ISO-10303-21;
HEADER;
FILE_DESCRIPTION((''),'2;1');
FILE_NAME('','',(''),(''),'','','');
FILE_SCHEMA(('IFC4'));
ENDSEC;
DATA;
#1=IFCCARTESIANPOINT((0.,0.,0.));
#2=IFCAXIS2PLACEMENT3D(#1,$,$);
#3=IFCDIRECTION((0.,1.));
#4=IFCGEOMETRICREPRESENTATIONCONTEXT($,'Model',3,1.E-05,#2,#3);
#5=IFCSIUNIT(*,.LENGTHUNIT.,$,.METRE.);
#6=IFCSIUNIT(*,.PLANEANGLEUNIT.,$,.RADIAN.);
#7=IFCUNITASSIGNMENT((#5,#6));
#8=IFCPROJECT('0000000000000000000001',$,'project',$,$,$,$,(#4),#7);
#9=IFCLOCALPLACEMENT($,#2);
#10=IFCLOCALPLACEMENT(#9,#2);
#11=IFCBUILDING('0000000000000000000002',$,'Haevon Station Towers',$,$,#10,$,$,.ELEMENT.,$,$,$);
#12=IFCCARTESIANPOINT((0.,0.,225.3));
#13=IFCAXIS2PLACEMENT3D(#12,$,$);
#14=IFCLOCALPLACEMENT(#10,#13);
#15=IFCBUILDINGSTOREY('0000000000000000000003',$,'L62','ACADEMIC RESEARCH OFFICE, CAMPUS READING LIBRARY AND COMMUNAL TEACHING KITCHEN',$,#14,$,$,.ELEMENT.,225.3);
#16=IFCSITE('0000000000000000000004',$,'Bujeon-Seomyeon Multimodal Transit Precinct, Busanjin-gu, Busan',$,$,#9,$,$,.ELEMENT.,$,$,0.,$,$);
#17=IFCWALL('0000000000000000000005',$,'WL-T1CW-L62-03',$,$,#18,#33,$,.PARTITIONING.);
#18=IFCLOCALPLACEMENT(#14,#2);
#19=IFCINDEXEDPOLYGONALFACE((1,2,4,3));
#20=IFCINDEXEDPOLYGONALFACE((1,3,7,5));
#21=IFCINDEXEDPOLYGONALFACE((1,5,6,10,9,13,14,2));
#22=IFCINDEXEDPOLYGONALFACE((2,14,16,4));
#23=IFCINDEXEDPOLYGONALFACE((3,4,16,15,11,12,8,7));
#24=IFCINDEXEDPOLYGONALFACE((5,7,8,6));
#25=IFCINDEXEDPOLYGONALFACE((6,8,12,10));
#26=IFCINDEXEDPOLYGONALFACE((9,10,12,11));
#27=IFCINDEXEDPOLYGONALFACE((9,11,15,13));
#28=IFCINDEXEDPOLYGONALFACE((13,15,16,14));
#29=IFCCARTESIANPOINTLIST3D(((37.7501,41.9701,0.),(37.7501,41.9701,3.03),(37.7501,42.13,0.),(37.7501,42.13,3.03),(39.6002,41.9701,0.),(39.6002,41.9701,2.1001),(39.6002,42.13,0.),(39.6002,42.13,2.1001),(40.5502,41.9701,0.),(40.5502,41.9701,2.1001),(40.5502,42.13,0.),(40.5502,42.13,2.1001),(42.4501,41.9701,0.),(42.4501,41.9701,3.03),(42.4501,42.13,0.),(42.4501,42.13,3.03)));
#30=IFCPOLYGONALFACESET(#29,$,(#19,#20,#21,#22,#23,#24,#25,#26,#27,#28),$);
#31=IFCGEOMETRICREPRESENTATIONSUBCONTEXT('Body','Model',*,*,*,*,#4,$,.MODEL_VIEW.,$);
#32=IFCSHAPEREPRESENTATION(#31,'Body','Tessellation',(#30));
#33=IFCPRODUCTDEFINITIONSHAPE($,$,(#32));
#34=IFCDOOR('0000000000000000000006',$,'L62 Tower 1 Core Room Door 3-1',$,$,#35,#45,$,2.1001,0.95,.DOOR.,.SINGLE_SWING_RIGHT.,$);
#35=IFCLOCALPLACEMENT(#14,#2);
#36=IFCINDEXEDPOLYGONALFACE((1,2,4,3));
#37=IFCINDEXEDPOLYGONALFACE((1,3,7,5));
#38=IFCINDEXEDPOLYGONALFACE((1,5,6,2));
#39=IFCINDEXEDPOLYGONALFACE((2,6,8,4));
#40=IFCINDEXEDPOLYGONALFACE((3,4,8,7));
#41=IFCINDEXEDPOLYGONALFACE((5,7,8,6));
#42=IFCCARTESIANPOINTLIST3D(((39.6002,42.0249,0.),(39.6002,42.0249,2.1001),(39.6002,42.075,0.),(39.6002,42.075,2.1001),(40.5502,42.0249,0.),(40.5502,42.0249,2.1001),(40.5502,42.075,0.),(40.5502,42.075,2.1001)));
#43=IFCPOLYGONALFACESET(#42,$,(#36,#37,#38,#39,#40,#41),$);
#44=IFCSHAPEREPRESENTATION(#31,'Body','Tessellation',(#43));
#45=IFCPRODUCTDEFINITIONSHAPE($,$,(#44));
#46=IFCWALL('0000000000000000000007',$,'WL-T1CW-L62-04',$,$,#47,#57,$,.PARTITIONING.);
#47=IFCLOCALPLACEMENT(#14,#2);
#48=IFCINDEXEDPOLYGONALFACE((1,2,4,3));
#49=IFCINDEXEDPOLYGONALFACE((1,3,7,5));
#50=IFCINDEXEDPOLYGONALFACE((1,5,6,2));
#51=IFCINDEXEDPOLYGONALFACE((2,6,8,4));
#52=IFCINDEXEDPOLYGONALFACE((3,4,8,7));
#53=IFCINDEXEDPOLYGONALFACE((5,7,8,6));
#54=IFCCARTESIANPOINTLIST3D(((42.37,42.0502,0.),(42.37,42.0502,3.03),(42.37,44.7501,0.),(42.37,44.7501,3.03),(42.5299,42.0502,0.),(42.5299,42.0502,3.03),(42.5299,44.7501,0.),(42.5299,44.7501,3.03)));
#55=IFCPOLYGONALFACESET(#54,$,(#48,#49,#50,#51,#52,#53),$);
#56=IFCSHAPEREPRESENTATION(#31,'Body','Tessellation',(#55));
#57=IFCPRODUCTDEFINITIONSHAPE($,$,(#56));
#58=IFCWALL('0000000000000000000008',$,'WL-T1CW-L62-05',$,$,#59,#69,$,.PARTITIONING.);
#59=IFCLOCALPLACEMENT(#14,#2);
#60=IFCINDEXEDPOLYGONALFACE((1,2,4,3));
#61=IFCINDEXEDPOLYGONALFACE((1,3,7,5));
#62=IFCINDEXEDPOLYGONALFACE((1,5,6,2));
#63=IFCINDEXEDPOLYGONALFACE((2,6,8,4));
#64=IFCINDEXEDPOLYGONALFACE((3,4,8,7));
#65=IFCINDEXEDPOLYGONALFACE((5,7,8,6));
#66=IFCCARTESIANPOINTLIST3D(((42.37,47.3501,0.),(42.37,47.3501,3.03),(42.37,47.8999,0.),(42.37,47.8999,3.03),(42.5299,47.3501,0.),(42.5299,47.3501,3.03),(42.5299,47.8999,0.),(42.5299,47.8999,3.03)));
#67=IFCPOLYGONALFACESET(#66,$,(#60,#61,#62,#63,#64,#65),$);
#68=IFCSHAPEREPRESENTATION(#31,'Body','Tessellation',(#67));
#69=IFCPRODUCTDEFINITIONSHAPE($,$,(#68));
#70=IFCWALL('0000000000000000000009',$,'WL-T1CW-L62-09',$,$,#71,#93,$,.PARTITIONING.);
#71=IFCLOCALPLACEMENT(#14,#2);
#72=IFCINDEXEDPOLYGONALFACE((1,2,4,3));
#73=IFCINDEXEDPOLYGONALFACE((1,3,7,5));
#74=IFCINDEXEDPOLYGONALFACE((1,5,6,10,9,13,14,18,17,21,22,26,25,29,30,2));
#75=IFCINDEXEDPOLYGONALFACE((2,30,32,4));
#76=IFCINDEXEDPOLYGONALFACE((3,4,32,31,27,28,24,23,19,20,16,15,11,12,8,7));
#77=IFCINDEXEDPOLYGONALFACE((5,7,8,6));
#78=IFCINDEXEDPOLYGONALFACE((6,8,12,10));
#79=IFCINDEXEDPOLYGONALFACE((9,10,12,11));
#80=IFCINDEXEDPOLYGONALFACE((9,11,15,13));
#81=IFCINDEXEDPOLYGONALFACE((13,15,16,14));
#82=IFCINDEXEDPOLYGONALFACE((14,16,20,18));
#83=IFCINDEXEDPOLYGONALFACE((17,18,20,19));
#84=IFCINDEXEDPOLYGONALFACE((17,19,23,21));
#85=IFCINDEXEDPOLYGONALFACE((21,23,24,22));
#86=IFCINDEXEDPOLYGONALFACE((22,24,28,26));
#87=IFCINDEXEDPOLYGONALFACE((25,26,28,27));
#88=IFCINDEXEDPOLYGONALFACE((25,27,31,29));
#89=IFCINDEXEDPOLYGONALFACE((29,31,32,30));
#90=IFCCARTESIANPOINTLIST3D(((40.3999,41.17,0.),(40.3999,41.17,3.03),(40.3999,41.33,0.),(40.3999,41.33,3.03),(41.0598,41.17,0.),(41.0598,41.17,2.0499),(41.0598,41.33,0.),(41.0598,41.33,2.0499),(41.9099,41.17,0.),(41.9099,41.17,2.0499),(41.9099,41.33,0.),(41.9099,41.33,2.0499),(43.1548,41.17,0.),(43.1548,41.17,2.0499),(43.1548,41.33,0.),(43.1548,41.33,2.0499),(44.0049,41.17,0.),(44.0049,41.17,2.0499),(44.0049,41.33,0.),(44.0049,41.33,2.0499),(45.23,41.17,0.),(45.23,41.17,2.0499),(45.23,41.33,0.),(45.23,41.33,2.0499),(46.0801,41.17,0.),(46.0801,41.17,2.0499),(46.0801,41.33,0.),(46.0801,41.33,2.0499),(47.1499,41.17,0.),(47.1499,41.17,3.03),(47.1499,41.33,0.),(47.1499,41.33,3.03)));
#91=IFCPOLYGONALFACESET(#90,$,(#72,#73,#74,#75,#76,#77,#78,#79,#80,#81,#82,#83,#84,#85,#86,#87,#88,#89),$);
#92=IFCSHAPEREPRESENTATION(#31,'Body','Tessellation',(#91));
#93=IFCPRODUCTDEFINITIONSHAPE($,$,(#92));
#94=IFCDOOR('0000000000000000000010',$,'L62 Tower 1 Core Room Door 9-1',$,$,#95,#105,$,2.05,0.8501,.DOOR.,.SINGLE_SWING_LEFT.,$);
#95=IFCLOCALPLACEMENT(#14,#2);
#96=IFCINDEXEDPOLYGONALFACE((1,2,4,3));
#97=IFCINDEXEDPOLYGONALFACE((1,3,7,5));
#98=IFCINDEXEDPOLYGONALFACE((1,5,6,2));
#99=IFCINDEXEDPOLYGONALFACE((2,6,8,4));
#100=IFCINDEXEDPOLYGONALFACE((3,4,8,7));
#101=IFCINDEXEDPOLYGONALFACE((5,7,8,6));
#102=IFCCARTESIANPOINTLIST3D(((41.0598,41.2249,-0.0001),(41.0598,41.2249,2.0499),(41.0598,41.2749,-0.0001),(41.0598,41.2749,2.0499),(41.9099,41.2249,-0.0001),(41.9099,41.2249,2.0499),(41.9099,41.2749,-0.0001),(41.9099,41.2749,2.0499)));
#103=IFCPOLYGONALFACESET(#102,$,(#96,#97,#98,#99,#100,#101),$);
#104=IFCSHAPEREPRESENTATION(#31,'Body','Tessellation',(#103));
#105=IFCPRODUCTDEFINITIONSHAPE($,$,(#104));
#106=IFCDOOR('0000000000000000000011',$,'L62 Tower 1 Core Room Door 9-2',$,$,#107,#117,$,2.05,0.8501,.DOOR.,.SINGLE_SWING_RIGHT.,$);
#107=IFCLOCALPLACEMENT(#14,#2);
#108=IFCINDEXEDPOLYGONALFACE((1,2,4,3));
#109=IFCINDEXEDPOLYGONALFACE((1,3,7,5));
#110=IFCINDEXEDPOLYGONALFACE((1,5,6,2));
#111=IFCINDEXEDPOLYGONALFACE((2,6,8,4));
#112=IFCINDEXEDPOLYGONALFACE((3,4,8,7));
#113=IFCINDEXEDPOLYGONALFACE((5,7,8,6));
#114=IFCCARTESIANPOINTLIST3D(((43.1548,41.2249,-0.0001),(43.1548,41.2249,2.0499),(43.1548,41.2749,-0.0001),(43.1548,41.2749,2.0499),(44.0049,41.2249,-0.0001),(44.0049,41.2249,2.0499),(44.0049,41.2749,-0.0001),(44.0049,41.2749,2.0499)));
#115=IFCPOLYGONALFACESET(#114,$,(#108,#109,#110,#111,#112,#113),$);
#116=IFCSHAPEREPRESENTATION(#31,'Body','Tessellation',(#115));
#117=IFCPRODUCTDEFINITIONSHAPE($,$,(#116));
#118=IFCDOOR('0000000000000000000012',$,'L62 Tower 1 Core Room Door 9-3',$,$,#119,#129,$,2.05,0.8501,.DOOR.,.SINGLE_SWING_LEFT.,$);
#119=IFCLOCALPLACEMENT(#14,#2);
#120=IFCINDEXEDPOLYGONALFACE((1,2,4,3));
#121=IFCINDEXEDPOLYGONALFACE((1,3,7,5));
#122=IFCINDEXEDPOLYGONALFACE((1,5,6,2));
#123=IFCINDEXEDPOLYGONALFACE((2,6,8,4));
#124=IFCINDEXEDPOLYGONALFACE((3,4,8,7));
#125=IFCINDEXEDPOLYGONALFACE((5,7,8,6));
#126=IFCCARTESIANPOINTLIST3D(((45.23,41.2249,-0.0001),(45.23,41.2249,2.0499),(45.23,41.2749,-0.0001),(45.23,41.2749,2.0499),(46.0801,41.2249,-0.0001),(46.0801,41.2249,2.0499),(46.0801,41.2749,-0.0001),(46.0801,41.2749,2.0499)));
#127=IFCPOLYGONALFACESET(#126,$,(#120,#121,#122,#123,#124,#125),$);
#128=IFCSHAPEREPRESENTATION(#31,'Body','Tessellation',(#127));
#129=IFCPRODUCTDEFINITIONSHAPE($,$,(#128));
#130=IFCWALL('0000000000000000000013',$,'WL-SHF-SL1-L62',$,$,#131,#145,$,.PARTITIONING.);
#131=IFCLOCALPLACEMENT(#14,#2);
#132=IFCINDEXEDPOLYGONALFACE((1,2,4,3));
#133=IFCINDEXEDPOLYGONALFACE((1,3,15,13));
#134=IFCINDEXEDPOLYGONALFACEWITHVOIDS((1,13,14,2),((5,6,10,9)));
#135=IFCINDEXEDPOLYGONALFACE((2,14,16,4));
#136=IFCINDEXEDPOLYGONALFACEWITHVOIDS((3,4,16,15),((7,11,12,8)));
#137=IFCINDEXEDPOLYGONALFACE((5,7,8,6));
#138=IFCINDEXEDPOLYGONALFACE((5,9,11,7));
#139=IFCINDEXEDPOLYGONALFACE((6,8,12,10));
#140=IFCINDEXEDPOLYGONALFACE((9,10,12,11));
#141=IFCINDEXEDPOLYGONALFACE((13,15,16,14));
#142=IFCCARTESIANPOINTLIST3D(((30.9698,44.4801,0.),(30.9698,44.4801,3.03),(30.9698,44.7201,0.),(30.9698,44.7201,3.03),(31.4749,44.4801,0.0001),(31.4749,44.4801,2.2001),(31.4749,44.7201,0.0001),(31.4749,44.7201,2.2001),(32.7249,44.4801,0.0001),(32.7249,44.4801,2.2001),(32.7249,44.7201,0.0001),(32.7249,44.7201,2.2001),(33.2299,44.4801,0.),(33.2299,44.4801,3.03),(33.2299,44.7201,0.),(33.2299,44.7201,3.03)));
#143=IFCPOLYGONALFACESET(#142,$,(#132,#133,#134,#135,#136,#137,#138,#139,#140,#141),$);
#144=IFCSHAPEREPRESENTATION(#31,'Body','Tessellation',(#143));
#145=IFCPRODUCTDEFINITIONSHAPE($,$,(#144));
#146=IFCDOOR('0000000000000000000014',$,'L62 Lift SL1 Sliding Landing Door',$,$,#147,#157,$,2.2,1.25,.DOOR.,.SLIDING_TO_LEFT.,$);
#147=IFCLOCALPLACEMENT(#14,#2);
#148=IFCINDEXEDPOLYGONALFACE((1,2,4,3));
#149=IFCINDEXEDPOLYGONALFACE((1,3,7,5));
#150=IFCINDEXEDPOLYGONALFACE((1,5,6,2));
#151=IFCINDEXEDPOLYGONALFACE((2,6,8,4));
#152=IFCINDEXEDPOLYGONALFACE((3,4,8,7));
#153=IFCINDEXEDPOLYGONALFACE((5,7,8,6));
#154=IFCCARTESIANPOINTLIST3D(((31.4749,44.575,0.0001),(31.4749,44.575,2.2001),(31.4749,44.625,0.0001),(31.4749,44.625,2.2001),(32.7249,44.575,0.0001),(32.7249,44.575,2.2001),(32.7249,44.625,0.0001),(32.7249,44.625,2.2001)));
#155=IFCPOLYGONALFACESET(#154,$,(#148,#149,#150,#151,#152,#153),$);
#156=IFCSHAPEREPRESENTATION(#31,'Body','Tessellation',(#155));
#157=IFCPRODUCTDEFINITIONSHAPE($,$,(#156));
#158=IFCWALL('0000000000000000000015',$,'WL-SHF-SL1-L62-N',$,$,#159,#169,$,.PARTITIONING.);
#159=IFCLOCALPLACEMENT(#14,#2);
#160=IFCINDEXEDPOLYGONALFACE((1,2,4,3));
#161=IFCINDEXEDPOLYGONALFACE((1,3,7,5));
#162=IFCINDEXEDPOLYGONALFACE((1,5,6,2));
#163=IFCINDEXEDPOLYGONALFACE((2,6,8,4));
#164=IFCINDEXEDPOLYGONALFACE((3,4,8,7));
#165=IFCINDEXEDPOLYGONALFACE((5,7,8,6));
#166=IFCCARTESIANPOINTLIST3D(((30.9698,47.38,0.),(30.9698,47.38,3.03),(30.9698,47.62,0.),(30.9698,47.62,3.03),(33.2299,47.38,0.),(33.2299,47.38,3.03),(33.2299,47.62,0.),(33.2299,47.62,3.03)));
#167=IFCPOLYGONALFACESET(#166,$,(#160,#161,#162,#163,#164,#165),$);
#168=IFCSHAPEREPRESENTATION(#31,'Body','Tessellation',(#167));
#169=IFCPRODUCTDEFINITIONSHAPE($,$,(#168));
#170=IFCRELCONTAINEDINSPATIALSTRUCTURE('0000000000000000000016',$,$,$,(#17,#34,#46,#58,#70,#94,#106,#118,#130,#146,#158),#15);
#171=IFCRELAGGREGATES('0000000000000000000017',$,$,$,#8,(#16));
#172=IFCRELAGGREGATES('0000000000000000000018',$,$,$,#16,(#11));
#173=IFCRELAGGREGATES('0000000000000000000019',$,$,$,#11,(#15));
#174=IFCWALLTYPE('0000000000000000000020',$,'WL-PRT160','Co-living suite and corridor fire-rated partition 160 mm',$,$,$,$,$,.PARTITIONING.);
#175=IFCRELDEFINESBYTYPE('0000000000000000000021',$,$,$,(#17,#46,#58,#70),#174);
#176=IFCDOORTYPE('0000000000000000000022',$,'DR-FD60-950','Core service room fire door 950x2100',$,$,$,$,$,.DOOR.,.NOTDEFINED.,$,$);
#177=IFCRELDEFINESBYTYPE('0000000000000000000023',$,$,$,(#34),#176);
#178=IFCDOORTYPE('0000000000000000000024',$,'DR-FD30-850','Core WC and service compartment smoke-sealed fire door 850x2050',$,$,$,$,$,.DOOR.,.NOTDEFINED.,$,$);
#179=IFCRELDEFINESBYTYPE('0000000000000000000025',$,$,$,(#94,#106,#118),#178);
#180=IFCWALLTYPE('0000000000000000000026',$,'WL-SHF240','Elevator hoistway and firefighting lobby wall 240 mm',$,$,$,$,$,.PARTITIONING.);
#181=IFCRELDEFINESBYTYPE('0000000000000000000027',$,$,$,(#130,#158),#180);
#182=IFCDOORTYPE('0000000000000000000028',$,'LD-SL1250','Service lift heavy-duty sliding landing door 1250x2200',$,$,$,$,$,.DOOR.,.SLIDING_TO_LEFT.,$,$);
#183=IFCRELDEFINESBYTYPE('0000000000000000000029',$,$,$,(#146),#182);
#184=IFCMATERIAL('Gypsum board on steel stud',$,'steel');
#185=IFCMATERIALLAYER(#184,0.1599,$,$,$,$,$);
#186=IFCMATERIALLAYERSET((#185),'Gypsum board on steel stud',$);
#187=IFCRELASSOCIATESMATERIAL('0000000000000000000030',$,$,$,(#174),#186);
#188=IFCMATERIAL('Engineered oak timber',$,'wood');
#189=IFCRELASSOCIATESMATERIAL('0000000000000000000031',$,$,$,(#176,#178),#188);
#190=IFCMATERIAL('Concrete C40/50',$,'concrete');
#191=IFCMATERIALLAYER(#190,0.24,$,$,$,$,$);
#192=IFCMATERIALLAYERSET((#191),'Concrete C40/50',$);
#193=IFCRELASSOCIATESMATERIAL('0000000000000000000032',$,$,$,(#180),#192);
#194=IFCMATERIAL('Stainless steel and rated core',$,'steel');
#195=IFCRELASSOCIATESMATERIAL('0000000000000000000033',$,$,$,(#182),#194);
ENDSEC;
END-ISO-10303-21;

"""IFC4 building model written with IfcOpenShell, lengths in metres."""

from ifc_helpers import new_model, si_unit, direction, frame, frame_2d, origin, place, context, subcontext, project, spatial, rectangle, extrude, material, layer, layer_set, type_object, element, fill, save


model = new_model("IFC4")

# Units and contexts
model_context = context("Model", 3, precision=1e-05, world=origin(), true_north=direction((0.0, 1.0)))
body_context = subcontext(model_context, "Body", "Model", "MODEL_VIEW")
ifc_project = project(units=[si_unit("LENGTHUNIT", "METRE"), si_unit("PLANEANGLEUNIT", "RADIAN")], contexts=[model_context])

# Site, building, storey
site_placement = place(None, origin())
site = spatial("IfcSite", under=ifc_project, at=site_placement, Name="Bujeon-Seomyeon Multimodal Transit Precinct, Busanjin-gu, Busan", CompositionType="ELEMENT", RefElevation=0.0)
building_placement = place(site_placement, origin())
building = spatial("IfcBuilding", under=site, at=building_placement, Name="Haevon Station Towers", CompositionType="ELEMENT")
storey_placement = place(building_placement, frame((0.0, 0.0, 225.3)))
storey = spatial("IfcBuildingStorey", under=building, at=storey_placement, Name="L62", Description="ACADEMIC RESEARCH OFFICE, CAMPUS READING LIBRARY AND COMMUNAL TEACHING KITCHEN", CompositionType="ELEMENT", Elevation=225.3)

# Shared definitions
ifc_material_1 = material(Name="Gypsum board on steel stud", Category="steel")
ifc_layer_1 = layer(ifc_material_1, 0.1599)
ifc_layer_set_1 = layer_set([ifc_layer_1], Name="Gypsum board on steel stud")
wall_type_1 = type_object("IfcWallType", Name="WL-PRT160", Description="Co-living suite and corridor fire-rated partition 160 mm", PredefinedType="PARTITIONING", material=ifc_layer_set_1)
ifc_material_2 = material(Name="Engineered oak timber", Category="wood")
door_type_1 = type_object("IfcDoorType", Name="DR-FD60-950", Description="Core service room fire door 950x2100", OperationType="NOTDEFINED", PredefinedType="DOOR", material=ifc_material_2)

# Wall, opening, door
wall_1_placement = place(storey_placement, frame((37.75, 42.05, 0.0), z_axis=(0.0, 0.0, 1.0), x_axis=(1.0, 0.0, 0.0)))
wall_1 = element("IfcWall", 1, at=wall_1_placement, inside=storey, type_object=wall_type_1, Name="WL-T1CW-L62-03", PredefinedType="PARTITIONING", context=body_context, shape_type="SweptSolid", body=[
    extrude(rectangle(XDim=4.7, YDim=0.1599, at=frame_2d((2.3501, 0.0))), origin(), (0.0, 0.0, 1.0), 3.03),
])
opening_1_placement = place(wall_1_placement, frame((1.8501, 0.0, 0.0)))
opening_1 = element("IfcOpeningElement", 2, at=opening_1_placement, cuts=wall_1, PredefinedType="OPENING", context=body_context, shape_type="SweptSolid", body=[
    extrude(rectangle(XDim=0.95, YDim=2.1001, at=frame_2d((0.4751, 1.05))), frame((0.0, 0.0898, 0.0), z_axis=(0.0, -1.0, 0.0), x_axis=(1.0, 0.0, 0.0)), (0.0, 0.0, 1.0), 0.1799),
])
door_1_placement = place(opening_1_placement, origin())
door_1 = element("IfcDoor", 3, at=door_1_placement, inside=storey, type_object=door_type_1, Name="L62 Tower 1 Core Room Door 3-1", OperationType="SINGLE_SWING_RIGHT", OverallHeight=2.1001, OverallWidth=0.95, PredefinedType="DOOR", context=body_context, shape_type="SweptSolid", body=[
    extrude(rectangle(XDim=0.95, YDim=2.1001, at=frame_2d((0.4751, 1.05))), frame((0.0, 0.0249, 0.0), z_axis=(0.0, -1.0, 0.0), x_axis=(1.0, 0.0, 0.0)), (0.0, 0.0, 1.0), 0.05),
])
fill(opening_1, door_1)

# Walls
wall_2_placement = place(storey_placement, frame((42.45, 42.05, 0.0), z_axis=(0.0, 0.0, 1.0), x_axis=(0.0, 1.0, 0.0)))
element("IfcWall", 4, at=wall_2_placement, inside=storey, type_object=wall_type_1, Name="WL-T1CW-L62-04", PredefinedType="PARTITIONING", context=body_context, shape_type="SweptSolid", body=[
    extrude(rectangle(XDim=2.7, YDim=0.1599, at=frame_2d((1.3501, 0.0))), origin(), (0.0, 0.0, 1.0), 3.03),
])
wall_3_placement = place(storey_placement, frame((42.45, 47.3501, 0.0), z_axis=(0.0, 0.0, 1.0), x_axis=(0.0, 1.0, 0.0)))
element("IfcWall", 5, at=wall_3_placement, inside=storey, type_object=wall_type_1, Name="WL-T1CW-L62-05", PredefinedType="PARTITIONING", context=body_context, shape_type="SweptSolid", body=[
    extrude(rectangle(XDim=0.5498, YDim=0.1599, at=frame_2d((0.2749, 0.0))), origin(), (0.0, 0.0, 1.0), 3.03),
])

# Wall, openings, doors
wall_4_placement = place(storey_placement, frame((40.3999, 41.25, 0.0), z_axis=(0.0, 0.0, 1.0), x_axis=(1.0, 0.0, 0.0)))
wall_4 = element("IfcWall", 6, at=wall_4_placement, inside=storey, type_object=wall_type_1, Name="WL-T1CW-L62-09", PredefinedType="PARTITIONING", context=body_context, shape_type="SweptSolid", body=[
    extrude(rectangle(XDim=6.75, YDim=0.1599, at=frame_2d((3.375, 0.0))), origin(), (0.0, 0.0, 1.0), 3.03),
])
opening_2_placement = place(wall_4_placement, frame((0.6599, 0.0, 0.0)))
opening_2 = element("IfcOpeningElement", 7, at=opening_2_placement, cuts=wall_4, PredefinedType="OPENING", context=body_context, shape_type="SweptSolid", body=[
    extrude(rectangle(XDim=0.8501, YDim=2.05, at=frame_2d((0.425, 1.0249))), frame((0.0, 0.0898, 0.0), z_axis=(0.0, -1.0, 0.0), x_axis=(1.0, 0.0, 0.0)), (0.0, 0.0, 1.0), 0.1799),
])
opening_3_placement = place(wall_4_placement, frame((2.7549, 0.0, 0.0)))
opening_3 = element("IfcOpeningElement", 8, at=opening_3_placement, cuts=wall_4, PredefinedType="OPENING", context=body_context, shape_type="SweptSolid", body=[
    extrude(rectangle(XDim=0.8501, YDim=2.05, at=frame_2d((0.425, 1.0249))), frame((0.0, 0.0898, 0.0), z_axis=(0.0, -1.0, 0.0), x_axis=(1.0, 0.0, 0.0)), (0.0, 0.0, 1.0), 0.1799),
])
opening_4_placement = place(wall_4_placement, frame((4.8301, 0.0, 0.0)))
opening_4 = element("IfcOpeningElement", 9, at=opening_4_placement, cuts=wall_4, PredefinedType="OPENING", context=body_context, shape_type="SweptSolid", body=[
    extrude(rectangle(XDim=0.8501, YDim=2.05, at=frame_2d((0.425, 1.0249))), frame((0.0, 0.0898, 0.0), z_axis=(0.0, -1.0, 0.0), x_axis=(1.0, 0.0, 0.0)), (0.0, 0.0, 1.0), 0.1799),
])
door_type_2 = type_object("IfcDoorType", Name="DR-FD30-850", Description="Core WC and service compartment smoke-sealed fire door 850x2050", OperationType="NOTDEFINED", PredefinedType="DOOR", material=ifc_material_2)
door_2_placement = place(opening_2_placement, origin())
door_2 = element("IfcDoor", 10, at=door_2_placement, inside=storey, type_object=door_type_2, Name="L62 Tower 1 Core Room Door 9-1", OperationType="SINGLE_SWING_LEFT", OverallHeight=2.05, OverallWidth=0.8501, PredefinedType="DOOR", context=body_context, shape_type="SweptSolid", body=[
    extrude(rectangle(XDim=0.8501, YDim=2.05, at=frame_2d((0.425, 1.0249))), frame((0.0, 0.0249, 0.0), z_axis=(0.0, -1.0, 0.0), x_axis=(1.0, 0.0, 0.0)), (0.0, 0.0, 1.0), 0.05),
])
fill(opening_2, door_2)
door_3_placement = place(opening_3_placement, origin())
door_3 = element("IfcDoor", 11, at=door_3_placement, inside=storey, type_object=door_type_2, Name="L62 Tower 1 Core Room Door 9-2", OperationType="SINGLE_SWING_RIGHT", OverallHeight=2.05, OverallWidth=0.8501, PredefinedType="DOOR", context=body_context, shape_type="SweptSolid", body=[
    extrude(rectangle(XDim=0.8501, YDim=2.05, at=frame_2d((0.425, 1.0249))), frame((0.0, 0.0249, 0.0), z_axis=(0.0, -1.0, 0.0), x_axis=(1.0, 0.0, 0.0)), (0.0, 0.0, 1.0), 0.05),
])
fill(opening_3, door_3)
door_4_placement = place(opening_4_placement, origin())
door_4 = element("IfcDoor", 12, at=door_4_placement, inside=storey, type_object=door_type_2, Name="L62 Tower 1 Core Room Door 9-3", OperationType="SINGLE_SWING_LEFT", OverallHeight=2.05, OverallWidth=0.8501, PredefinedType="DOOR", context=body_context, shape_type="SweptSolid", body=[
    extrude(rectangle(XDim=0.8501, YDim=2.05, at=frame_2d((0.425, 1.0249))), frame((0.0, 0.0249, 0.0), z_axis=(0.0, -1.0, 0.0), x_axis=(1.0, 0.0, 0.0)), (0.0, 0.0, 1.0), 0.05),
])
fill(opening_4, door_4)

# Wall, opening, door
ifc_material_3 = material(Name="Concrete C40/50", Category="concrete")
ifc_layer_2 = layer(ifc_material_3, 0.24)
ifc_layer_set_2 = layer_set([ifc_layer_2], Name="Concrete C40/50")
wall_type_2 = type_object("IfcWallType", Name="WL-SHF240", Description="Elevator hoistway and firefighting lobby wall 240 mm", PredefinedType="PARTITIONING", material=ifc_layer_set_2)
wall_5_placement = place(storey_placement, frame((30.97, 44.6001, 0.0), z_axis=(0.0, 0.0, 1.0), x_axis=(1.0, 0.0, 0.0)))
wall_5 = element("IfcWall", 13, at=wall_5_placement, inside=storey, type_object=wall_type_2, Name="WL-SHF-SL1-L62", PredefinedType="PARTITIONING", context=body_context, shape_type="SweptSolid", body=[
    extrude(rectangle(XDim=2.26, YDim=0.24, at=frame_2d((1.1299, 0.0))), origin(), (0.0, 0.0, 1.0), 3.03),
])
opening_5_placement = place(wall_5_placement, frame((0.5049, 0.0, 0.0)))
opening_5 = element("IfcOpeningElement", 14, at=opening_5_placement, cuts=wall_5, PredefinedType="OPENING", context=body_context, shape_type="SweptSolid", body=[
    extrude(rectangle(XDim=1.25, YDim=2.2, at=frame_2d((0.625, 1.1001))), frame((0.0, 0.1299, 0.0), z_axis=(0.0, -1.0, 0.0), x_axis=(1.0, 0.0, 0.0)), (0.0, 0.0, 1.0), 0.26),
])
ifc_material_4 = material(Name="Stainless steel and rated core", Category="steel")
door_type_3 = type_object("IfcDoorType", Name="LD-SL1250", Description="Service lift heavy-duty sliding landing door 1250x2200", OperationType="SLIDING_TO_LEFT", PredefinedType="DOOR", material=ifc_material_4)
door_5_placement = place(opening_5_placement, origin())
door_5 = element("IfcDoor", 15, at=door_5_placement, inside=storey, type_object=door_type_3, Name="L62 Lift SL1 Sliding Landing Door", OperationType="SLIDING_TO_LEFT", OverallHeight=2.2, OverallWidth=1.25, PredefinedType="DOOR", context=body_context, shape_type="SweptSolid", body=[
    extrude(rectangle(XDim=1.25, YDim=2.2, at=frame_2d((0.625, 1.1001))), frame((0.0, 0.0249, 0.0), z_axis=(0.0, -1.0, 0.0), x_axis=(1.0, 0.0, 0.0)), (0.0, 0.0, 1.0), 0.05),
])
fill(opening_5, door_5)

# Wall
wall_6_placement = place(storey_placement, frame((30.97, 47.5, 0.0), z_axis=(0.0, 0.0, 1.0), x_axis=(1.0, 0.0, 0.0)))
element("IfcWall", 16, at=wall_6_placement, inside=storey, type_object=wall_type_2, Name="WL-SHF-SL1-L62-N", PredefinedType="PARTITIONING", context=body_context, shape_type="SweptSolid", body=[
    extrude(rectangle(XDim=2.26, YDim=0.24, at=frame_2d((1.1299, 0.0))), origin(), (0.0, 0.0, 1.0), 3.03),
])

save(model, "model.ifc")
